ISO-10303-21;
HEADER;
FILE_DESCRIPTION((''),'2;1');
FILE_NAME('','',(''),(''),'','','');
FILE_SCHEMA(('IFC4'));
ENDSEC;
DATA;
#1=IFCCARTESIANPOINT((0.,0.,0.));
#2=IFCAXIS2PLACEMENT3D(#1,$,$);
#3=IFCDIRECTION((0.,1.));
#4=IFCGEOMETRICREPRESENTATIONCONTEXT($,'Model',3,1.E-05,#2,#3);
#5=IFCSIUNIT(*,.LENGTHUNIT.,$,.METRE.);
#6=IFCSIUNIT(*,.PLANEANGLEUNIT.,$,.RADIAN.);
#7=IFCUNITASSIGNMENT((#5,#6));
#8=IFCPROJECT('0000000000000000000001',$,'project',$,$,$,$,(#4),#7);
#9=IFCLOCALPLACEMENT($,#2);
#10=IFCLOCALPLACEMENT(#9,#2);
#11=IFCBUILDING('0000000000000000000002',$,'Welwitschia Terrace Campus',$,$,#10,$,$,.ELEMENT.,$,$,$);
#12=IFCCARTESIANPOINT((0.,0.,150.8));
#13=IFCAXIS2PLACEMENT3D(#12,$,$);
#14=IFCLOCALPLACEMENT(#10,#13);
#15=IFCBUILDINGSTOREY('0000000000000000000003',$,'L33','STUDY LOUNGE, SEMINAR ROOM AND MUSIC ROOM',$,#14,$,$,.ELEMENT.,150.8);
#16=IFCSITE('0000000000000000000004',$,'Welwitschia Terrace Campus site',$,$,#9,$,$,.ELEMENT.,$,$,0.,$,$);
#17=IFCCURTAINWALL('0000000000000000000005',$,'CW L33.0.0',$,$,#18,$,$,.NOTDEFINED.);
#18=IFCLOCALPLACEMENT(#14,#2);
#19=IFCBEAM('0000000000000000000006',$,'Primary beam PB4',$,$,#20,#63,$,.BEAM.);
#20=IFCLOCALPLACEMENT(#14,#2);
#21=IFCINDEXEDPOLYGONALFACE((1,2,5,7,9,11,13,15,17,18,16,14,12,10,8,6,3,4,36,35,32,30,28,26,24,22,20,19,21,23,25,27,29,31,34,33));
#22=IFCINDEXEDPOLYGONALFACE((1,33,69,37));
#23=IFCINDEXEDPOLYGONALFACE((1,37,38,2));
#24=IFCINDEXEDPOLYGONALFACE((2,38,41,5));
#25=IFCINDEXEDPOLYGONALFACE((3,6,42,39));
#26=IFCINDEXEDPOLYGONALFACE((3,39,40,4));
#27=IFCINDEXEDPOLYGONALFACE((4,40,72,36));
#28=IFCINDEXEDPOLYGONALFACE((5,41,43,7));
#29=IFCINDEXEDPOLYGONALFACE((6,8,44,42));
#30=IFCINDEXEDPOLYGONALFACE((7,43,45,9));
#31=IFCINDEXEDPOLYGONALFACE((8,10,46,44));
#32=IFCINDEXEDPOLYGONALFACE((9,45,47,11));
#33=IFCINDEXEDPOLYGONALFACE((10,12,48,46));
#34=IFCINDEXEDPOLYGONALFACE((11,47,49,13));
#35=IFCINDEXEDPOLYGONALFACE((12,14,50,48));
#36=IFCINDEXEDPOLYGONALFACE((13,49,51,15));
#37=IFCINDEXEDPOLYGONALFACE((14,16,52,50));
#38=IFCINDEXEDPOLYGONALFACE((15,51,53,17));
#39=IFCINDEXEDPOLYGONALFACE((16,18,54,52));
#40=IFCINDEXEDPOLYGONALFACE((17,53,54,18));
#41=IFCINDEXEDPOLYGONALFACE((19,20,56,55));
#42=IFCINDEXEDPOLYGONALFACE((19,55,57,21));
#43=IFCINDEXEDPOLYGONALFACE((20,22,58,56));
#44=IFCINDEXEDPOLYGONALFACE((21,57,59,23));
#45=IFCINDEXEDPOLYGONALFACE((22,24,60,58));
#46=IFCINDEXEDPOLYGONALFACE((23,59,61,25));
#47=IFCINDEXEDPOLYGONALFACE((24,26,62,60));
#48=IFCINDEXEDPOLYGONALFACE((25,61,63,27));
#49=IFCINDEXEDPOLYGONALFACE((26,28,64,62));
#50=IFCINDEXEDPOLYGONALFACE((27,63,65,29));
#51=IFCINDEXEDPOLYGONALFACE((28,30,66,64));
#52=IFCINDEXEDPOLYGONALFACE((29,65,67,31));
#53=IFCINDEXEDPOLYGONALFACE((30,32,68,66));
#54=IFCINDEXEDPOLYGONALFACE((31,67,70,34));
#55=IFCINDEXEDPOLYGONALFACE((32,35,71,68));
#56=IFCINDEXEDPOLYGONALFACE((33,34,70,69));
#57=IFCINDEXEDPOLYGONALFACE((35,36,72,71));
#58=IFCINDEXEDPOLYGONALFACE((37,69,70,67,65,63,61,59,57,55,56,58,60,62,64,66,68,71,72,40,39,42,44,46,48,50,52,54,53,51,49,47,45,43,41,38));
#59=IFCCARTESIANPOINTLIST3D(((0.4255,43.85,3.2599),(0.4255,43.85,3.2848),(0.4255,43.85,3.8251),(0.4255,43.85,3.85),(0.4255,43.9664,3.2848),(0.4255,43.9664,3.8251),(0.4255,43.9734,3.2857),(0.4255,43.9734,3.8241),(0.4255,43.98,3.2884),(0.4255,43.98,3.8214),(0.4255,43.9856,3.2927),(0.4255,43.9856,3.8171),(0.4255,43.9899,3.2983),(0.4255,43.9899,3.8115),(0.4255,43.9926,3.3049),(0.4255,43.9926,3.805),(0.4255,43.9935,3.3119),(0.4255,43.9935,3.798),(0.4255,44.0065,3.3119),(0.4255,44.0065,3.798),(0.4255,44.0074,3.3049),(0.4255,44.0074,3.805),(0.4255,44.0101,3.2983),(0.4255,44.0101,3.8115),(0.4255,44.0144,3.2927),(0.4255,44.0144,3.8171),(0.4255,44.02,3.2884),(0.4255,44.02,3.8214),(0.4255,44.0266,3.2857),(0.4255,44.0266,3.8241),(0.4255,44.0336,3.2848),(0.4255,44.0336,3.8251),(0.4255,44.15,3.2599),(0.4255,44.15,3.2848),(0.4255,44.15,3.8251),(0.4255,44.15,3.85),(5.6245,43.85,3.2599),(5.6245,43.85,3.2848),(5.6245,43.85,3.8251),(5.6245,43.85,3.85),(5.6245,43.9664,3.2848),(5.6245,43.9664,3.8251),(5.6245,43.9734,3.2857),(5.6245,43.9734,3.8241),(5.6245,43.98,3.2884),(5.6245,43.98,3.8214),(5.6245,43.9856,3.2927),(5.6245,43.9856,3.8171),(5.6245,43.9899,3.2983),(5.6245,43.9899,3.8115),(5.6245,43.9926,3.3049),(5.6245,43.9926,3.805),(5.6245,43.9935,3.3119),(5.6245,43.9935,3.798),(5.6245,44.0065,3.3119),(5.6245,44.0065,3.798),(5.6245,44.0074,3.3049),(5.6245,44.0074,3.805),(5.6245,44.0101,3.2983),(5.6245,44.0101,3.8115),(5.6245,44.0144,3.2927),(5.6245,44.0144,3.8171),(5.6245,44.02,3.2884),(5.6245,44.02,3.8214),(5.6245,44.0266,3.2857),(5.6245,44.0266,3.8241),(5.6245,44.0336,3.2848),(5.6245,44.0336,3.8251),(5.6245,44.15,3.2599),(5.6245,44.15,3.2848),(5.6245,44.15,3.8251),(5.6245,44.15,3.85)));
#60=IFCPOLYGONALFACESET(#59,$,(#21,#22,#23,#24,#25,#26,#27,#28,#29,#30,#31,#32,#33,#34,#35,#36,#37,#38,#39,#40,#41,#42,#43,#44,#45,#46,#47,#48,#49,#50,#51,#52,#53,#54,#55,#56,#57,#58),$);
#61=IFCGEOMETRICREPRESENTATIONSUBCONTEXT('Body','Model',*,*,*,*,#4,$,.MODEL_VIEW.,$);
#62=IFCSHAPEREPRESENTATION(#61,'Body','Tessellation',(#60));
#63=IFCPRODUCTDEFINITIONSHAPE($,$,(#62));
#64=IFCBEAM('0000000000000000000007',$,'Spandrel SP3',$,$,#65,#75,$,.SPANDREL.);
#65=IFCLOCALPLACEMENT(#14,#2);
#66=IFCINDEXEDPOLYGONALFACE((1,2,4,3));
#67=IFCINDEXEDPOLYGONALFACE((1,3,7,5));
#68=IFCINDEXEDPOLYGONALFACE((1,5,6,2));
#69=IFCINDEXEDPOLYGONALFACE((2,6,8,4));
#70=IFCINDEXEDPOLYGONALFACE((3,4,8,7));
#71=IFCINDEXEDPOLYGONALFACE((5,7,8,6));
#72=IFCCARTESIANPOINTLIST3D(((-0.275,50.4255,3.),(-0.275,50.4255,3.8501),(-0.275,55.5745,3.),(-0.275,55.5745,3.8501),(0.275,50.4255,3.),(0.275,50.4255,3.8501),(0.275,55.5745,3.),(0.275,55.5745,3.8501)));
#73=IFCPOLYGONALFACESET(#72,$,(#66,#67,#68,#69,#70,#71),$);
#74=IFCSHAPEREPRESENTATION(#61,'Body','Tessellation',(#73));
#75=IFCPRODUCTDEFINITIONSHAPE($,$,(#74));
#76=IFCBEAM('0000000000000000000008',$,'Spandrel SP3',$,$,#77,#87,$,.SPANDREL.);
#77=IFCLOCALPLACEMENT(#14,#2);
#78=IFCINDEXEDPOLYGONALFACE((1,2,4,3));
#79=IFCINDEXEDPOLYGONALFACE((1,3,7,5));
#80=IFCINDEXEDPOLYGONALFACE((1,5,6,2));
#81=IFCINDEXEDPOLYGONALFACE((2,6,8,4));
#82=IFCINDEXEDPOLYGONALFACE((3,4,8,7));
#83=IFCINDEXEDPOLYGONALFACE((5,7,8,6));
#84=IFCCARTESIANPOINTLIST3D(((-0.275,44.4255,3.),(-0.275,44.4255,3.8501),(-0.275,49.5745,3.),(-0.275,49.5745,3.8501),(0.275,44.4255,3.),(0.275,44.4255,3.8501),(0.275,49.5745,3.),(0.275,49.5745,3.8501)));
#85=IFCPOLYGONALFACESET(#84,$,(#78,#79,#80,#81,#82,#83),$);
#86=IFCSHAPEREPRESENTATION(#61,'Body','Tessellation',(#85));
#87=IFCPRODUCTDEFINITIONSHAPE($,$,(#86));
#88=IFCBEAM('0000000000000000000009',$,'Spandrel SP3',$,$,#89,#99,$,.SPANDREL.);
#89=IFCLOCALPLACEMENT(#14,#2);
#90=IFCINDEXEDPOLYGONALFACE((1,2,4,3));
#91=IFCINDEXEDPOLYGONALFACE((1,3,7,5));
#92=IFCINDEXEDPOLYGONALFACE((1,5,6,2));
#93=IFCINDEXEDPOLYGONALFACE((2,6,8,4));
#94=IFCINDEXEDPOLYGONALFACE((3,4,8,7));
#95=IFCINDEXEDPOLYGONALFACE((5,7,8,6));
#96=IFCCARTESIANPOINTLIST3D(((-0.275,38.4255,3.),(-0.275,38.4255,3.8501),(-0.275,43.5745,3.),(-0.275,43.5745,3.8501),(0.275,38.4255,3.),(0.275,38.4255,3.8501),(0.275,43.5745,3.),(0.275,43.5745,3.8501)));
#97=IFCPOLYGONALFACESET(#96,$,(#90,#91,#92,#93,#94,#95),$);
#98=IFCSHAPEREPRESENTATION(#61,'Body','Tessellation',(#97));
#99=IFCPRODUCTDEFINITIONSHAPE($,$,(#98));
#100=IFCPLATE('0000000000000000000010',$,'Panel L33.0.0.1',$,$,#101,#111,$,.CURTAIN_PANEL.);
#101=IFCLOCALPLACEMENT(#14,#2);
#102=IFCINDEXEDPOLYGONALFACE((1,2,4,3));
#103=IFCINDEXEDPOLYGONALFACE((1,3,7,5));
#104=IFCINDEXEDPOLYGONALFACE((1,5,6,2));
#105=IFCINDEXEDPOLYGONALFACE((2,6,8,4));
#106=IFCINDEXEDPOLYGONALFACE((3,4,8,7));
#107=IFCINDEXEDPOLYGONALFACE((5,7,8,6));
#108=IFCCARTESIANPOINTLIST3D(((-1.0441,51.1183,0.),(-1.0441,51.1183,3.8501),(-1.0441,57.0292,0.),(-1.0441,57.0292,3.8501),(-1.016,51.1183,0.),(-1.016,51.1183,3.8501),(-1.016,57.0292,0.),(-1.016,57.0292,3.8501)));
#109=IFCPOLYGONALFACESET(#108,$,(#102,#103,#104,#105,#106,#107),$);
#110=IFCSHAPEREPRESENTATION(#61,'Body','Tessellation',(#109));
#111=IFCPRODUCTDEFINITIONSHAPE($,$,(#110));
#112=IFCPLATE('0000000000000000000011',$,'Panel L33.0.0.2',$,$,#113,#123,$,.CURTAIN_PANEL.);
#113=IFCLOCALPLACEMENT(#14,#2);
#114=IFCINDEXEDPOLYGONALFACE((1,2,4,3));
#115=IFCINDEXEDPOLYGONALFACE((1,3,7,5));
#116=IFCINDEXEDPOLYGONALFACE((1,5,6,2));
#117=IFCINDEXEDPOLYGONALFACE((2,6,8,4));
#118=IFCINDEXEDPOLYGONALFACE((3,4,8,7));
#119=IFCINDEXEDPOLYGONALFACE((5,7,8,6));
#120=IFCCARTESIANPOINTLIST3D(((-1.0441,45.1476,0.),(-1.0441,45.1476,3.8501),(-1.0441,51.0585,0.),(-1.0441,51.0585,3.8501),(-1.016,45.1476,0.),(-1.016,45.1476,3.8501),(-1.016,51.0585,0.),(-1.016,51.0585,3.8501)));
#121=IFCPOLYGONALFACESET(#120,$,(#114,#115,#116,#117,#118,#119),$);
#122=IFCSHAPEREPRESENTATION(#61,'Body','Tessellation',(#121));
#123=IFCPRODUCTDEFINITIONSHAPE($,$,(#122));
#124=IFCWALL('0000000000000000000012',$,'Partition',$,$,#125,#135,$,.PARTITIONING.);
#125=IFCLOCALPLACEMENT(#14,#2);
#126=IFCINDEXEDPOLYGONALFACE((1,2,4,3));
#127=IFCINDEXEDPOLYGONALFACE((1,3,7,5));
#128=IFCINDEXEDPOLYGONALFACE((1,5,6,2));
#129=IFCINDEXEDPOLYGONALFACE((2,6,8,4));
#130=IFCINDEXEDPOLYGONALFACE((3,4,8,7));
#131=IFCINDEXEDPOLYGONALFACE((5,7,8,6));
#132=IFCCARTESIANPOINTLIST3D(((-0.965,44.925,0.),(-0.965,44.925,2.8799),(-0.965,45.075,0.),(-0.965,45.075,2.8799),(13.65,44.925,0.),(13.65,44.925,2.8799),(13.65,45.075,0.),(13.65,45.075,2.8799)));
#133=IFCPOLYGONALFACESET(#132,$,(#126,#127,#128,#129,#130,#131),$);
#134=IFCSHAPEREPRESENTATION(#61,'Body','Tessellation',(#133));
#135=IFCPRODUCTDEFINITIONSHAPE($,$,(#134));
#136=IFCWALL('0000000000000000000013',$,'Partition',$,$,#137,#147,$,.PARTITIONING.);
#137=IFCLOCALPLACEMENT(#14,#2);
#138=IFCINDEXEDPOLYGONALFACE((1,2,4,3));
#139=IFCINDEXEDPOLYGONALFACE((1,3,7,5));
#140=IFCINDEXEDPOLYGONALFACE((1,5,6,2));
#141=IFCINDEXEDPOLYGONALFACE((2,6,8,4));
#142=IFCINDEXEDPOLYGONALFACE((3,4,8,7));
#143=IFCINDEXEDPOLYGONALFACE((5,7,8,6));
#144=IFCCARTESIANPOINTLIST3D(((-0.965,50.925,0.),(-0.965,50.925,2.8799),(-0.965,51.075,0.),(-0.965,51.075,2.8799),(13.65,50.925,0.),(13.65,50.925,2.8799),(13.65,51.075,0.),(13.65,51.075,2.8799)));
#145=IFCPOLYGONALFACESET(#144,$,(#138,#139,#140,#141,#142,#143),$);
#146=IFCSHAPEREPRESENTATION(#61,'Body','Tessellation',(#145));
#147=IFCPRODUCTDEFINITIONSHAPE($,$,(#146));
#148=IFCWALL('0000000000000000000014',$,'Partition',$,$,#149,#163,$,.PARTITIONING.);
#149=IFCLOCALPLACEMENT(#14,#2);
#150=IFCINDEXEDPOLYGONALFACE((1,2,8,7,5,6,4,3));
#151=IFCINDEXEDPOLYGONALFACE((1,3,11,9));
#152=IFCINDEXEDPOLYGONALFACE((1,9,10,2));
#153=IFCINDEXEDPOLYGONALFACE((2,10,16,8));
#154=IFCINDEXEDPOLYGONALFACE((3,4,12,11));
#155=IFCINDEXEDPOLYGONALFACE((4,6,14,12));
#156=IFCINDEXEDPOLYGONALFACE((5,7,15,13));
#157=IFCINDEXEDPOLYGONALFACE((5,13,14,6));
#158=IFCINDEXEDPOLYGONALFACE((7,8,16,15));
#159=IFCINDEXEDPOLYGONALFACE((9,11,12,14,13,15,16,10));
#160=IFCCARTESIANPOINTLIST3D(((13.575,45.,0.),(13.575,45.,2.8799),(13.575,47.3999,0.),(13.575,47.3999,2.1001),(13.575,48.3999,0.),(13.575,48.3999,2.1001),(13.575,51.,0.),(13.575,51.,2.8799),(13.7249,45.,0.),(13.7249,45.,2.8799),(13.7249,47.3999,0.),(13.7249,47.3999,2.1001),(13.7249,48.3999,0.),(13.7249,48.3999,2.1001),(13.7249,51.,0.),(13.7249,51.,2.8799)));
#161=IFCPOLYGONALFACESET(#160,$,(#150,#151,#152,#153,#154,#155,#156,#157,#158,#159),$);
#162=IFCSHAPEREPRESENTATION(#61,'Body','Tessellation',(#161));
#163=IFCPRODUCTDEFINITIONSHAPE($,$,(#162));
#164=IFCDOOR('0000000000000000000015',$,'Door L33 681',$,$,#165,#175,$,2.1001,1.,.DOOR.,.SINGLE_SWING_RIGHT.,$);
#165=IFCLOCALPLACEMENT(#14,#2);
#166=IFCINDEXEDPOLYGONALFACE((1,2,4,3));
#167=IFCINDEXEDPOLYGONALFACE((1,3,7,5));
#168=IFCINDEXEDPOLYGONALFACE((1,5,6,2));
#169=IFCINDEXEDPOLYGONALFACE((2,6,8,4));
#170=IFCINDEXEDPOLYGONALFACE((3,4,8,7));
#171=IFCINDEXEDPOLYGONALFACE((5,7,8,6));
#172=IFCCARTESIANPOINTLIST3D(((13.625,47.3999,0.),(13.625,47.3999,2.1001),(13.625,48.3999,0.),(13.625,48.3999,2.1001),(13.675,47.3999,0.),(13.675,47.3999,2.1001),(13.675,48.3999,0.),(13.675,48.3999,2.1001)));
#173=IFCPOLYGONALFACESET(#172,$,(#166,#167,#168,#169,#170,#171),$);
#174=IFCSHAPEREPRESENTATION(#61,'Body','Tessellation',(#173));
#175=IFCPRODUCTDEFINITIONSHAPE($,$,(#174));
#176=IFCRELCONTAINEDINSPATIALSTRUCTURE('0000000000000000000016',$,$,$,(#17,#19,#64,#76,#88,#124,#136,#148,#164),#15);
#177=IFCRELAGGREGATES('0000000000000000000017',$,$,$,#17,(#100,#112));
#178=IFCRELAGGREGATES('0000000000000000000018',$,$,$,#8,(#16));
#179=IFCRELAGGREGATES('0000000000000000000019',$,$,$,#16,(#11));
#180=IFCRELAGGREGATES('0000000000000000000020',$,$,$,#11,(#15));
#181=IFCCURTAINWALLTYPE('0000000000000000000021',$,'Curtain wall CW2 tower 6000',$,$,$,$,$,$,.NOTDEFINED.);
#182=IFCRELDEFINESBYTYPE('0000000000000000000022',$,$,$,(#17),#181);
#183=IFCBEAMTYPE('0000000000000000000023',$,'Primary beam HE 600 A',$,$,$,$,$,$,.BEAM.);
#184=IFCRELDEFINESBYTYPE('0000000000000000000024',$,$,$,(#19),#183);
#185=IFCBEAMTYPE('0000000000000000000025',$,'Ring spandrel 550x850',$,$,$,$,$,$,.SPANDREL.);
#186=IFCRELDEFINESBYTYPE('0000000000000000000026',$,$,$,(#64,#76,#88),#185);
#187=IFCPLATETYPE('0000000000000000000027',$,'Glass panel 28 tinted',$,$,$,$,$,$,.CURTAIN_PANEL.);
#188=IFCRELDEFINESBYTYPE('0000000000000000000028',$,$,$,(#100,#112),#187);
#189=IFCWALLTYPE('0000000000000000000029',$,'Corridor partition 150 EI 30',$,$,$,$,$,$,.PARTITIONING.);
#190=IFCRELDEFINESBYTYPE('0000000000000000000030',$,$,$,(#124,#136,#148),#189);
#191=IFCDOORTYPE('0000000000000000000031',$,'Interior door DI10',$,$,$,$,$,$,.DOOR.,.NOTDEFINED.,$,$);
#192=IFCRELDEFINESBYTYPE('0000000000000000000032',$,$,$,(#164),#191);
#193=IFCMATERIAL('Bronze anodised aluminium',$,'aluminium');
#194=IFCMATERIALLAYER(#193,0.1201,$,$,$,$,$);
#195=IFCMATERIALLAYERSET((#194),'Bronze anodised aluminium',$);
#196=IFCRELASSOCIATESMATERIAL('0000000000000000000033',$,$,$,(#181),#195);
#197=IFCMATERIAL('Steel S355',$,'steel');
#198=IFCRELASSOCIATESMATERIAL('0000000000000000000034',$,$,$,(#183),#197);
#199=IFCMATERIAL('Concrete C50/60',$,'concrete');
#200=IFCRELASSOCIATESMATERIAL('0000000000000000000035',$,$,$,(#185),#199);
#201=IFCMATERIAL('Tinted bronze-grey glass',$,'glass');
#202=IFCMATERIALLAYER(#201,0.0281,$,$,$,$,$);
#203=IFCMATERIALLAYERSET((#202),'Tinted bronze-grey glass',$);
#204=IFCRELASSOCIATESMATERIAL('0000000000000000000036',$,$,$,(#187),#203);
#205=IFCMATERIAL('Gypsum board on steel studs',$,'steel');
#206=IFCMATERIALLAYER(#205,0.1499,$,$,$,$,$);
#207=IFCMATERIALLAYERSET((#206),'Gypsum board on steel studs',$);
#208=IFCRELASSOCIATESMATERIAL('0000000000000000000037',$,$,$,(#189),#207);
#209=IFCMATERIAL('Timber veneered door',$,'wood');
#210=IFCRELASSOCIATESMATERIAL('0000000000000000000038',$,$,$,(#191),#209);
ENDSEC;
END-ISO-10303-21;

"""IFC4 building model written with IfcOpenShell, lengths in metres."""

from ifc_helpers import new_model, si_unit, direction, frame, frame_2d, origin, origin_2d, place, context, subcontext, project, spatial, rectangle, i_section, extrude, material, layer, layer_set, material_profile, profile_set, type_object, element, fill, aggregate, save


model = new_model("IFC4")

# Units and contexts
model_context = context("Model", 3, precision=1e-05, world=origin(), true_north=direction((0.0, 1.0)))
body_context = subcontext(model_context, "Body", "Model", "MODEL_VIEW")
ifc_project = project(units=[si_unit("LENGTHUNIT", "METRE"), si_unit("PLANEANGLEUNIT", "RADIAN")], contexts=[model_context])

# Site, building, storey
site_placement = place(None, origin())
site = spatial("IfcSite", under=ifc_project, at=site_placement, Name="Welwitschia Terrace Campus site", CompositionType="ELEMENT", RefElevation=0.0)
building_placement = place(site_placement, origin())
building = spatial("IfcBuilding", under=site, at=building_placement, Name="Welwitschia Terrace Campus", CompositionType="ELEMENT")
storey_placement = place(building_placement, frame((0.0, 0.0, 150.8)))
storey = spatial("IfcBuildingStorey", under=building, at=storey_placement, Name="L33", Description="STUDY LOUNGE, SEMINAR ROOM AND MUSIC ROOM", CompositionType="ELEMENT", Elevation=150.8)

# Curtain wall
ifc_material_1 = material(Name="Bronze anodised aluminium", Category="aluminium")
ifc_layer_1 = layer(ifc_material_1, 0.1201)
ifc_layer_set_1 = layer_set([ifc_layer_1], Name="Bronze anodised aluminium")
curtain_wall_type = type_object("IfcCurtainWallType", Name="Curtain wall CW2 tower 6000", PredefinedType="NOTDEFINED", material=ifc_layer_set_1)
curtain_wall_placement = place(storey_placement, origin())
curtain_wall = element("IfcCurtainWall", 1, at=curtain_wall_placement, inside=storey, type_object=curtain_wall_type, Name="CW L33.0.0", PredefinedType="NOTDEFINED")

# Beams
ifc_material_2 = material(Name="Steel S355", Category="steel")
ifc_material_profile_1 = material_profile(ifc_material_2, i_section(OverallWidth=0.3, OverallDepth=0.5901, WebThickness=0.0129, FlangeThickness=0.0249, FilletRadius=0.0271, at=origin_2d()))
ifc_profile_set_1 = profile_set([ifc_material_profile_1], Name="Steel S355")
beam_type_1 = type_object("IfcBeamType", Name="Primary beam HE 600 A", PredefinedType="BEAM", material=ifc_profile_set_1)
for number, where, z_axis, x_axis, name in (
    (2, (0.4255, 44.0, 3.5549), (1.0, 0.0, 0.0), (0.0, 1.0, 0.0), "Primary beam PB4"),
):
    element("IfcBeam", number, at=place(storey_placement, frame(where, z_axis=z_axis, x_axis=x_axis)), inside=storey, type_object=beam_type_1, Name=name, PredefinedType="BEAM", context=body_context, shape_type="SweptSolid", body=[
        extrude(i_section(OverallWidth=0.3, OverallDepth=0.5901, WebThickness=0.0129, FlangeThickness=0.0249, FilletRadius=0.0271, at=origin_2d()), origin(), (0.0, 0.0, 1.0), 5.199),
    ])
ifc_material_3 = material(Name="Concrete C50/60", Category="concrete")
ifc_material_profile_2 = material_profile(ifc_material_3, rectangle(XDim=0.55, YDim=0.8501, at=origin_2d()))
ifc_profile_set_2 = profile_set([ifc_material_profile_2], Name="Concrete C50/60")
beam_type_2 = type_object("IfcBeamType", Name="Ring spandrel 550x850", PredefinedType="SPANDREL", material=ifc_profile_set_2)
for number, where, z_axis, x_axis, name in (
    (3, (0.0, 55.5745, 3.425), (0.0, -1.0, 0.0), (1.0, 0.0, 0.0), "Spandrel SP3"),
    (4, (0.0, 49.5745, 3.425), (0.0, -1.0, 0.0), (1.0, 0.0, 0.0), "Spandrel SP3"),
    (5, (0.0, 43.5745, 3.425), (0.0, -1.0, 0.0), (1.0, 0.0, 0.0), "Spandrel SP3"),
):
    element("IfcBeam", number, at=place(storey_placement, frame(where, z_axis=z_axis, x_axis=x_axis)), inside=storey, type_object=beam_type_2, Name=name, PredefinedType="SPANDREL", context=body_context, shape_type="SweptSolid", body=[
        extrude(rectangle(XDim=0.55, YDim=0.8501, at=origin_2d()), origin(), (0.0, 0.0, 1.0), 5.1489),
    ])

# Plates
ifc_material_4 = material(Name="Tinted bronze-grey glass", Category="glass")
ifc_layer_2 = layer(ifc_material_4, 0.0281)
ifc_layer_set_2 = layer_set([ifc_layer_2], Name="Tinted bronze-grey glass")
plate_type = type_object("IfcPlateType", Name="Glass panel 28 tinted", PredefinedType="CURTAIN_PANEL", material=ifc_layer_set_2)
plate_1_placement = place(storey_placement, frame((-1.03, 54.0737, 0.0), z_axis=(0.0, 0.0, 1.0), x_axis=(0.0, -1.0, 0.0)))
plate_1 = element("IfcPlate", 6, at=plate_1_placement, type_object=plate_type, Name="Panel L33.0.0.1", PredefinedType="CURTAIN_PANEL", context=body_context, shape_type="SweptSolid", body=[
    extrude(rectangle(XDim=5.9109, YDim=0.0281, at=origin_2d()), origin(), (0.0, 0.0, 1.0), 3.8501),
])
plate_2_placement = place(storey_placement, frame((-1.03, 48.103, 0.0), z_axis=(0.0, 0.0, 1.0), x_axis=(0.0, -1.0, 0.0)))
plate_2 = element("IfcPlate", 7, at=plate_2_placement, type_object=plate_type, Name="Panel L33.0.0.2", PredefinedType="CURTAIN_PANEL", context=body_context, shape_type="SweptSolid", body=[
    extrude(rectangle(XDim=5.9109, YDim=0.0281, at=origin_2d()), origin(), (0.0, 0.0, 1.0), 3.8501),
])
aggregate(curtain_wall, [plate_1, plate_2])

# Walls
ifc_material_5 = material(Name="Gypsum board on steel studs", Category="steel")
ifc_layer_3 = layer(ifc_material_5, 0.1499)
ifc_layer_set_3 = layer_set([ifc_layer_3], Name="Gypsum board on steel studs")
wall_type = type_object("IfcWallType", Name="Corridor partition 150 EI 30", PredefinedType="PARTITIONING", material=ifc_layer_set_3)
for number, where, z_axis, x_axis, name in (
    (8, (-0.9651, 45.0, 0.0), (0.0, 0.0, 1.0), (1.0, 0.0, 0.0), "Partition"),
    (9, (-0.9651, 51.0, 0.0), (0.0, 0.0, 1.0), (1.0, 0.0, 0.0), "Partition"),
):
    element("IfcWall", number, at=place(storey_placement, frame(where, z_axis=z_axis, x_axis=x_axis)), inside=storey, type_object=wall_type, Name=name, PredefinedType="PARTITIONING", context=body_context, shape_type="SweptSolid", body=[
        extrude(rectangle(XDim=14.615, YDim=0.1499, at=frame_2d((7.3076, 0.0))), origin(), (0.0, 0.0, 1.0), 2.8799),
    ])

# Wall, opening, door
wall_1_placement = place(storey_placement, frame((13.6499, 45.0, 0.0), z_axis=(0.0, 0.0, 1.0), x_axis=(0.0, 1.0, 0.0)))
wall_1 = element("IfcWall", 10, at=wall_1_placement, inside=storey, type_object=wall_type, Name="Partition", PredefinedType="PARTITIONING", context=body_context, shape_type="SweptSolid", body=[
    extrude(rectangle(XDim=6.0, YDim=0.1499, at=frame_2d((3.0, 0.0))), origin(), (0.0, 0.0, 1.0), 2.8799),
])
opening_1_placement = place(wall_1_placement, frame((2.3999, 0.0, 0.0)))
opening_1 = element("IfcOpeningElement", 11, at=opening_1_placement, cuts=wall_1, PredefinedType="OPENING", context=body_context, shape_type="SweptSolid", body=[
    extrude(rectangle(XDim=1.0, YDim=2.1001, at=frame_2d((0.5, 1.05))), frame((0.0, 0.085, 0.0), z_axis=(0.0, -1.0, 0.0), x_axis=(1.0, 0.0, 0.0)), (0.0, 0.0, 1.0), 0.1699),
])
ifc_material_6 = material(Name="Timber veneered door", Category="wood")
door_type = type_object("IfcDoorType", Name="Interior door DI10", OperationType="NOTDEFINED", PredefinedType="DOOR", material=ifc_material_6)
door_1_placement = place(opening_1_placement, origin())
door_1 = element("IfcDoor", 12, at=door_1_placement, inside=storey, type_object=door_type, Name="Door L33 681", OperationType="SINGLE_SWING_RIGHT", OverallHeight=2.1001, OverallWidth=1.0, PredefinedType="DOOR", context=body_context, shape_type="SweptSolid", body=[
    extrude(rectangle(XDim=1.0, YDim=2.1001, at=frame_2d((0.5, 1.05))), frame((0.0, 0.0249, 0.0), z_axis=(0.0, -1.0, 0.0), x_axis=(1.0, 0.0, 0.0)), (0.0, 0.0, 1.0), 0.05),
])
fill(opening_1, door_1)

save(model, "model.ifc")
